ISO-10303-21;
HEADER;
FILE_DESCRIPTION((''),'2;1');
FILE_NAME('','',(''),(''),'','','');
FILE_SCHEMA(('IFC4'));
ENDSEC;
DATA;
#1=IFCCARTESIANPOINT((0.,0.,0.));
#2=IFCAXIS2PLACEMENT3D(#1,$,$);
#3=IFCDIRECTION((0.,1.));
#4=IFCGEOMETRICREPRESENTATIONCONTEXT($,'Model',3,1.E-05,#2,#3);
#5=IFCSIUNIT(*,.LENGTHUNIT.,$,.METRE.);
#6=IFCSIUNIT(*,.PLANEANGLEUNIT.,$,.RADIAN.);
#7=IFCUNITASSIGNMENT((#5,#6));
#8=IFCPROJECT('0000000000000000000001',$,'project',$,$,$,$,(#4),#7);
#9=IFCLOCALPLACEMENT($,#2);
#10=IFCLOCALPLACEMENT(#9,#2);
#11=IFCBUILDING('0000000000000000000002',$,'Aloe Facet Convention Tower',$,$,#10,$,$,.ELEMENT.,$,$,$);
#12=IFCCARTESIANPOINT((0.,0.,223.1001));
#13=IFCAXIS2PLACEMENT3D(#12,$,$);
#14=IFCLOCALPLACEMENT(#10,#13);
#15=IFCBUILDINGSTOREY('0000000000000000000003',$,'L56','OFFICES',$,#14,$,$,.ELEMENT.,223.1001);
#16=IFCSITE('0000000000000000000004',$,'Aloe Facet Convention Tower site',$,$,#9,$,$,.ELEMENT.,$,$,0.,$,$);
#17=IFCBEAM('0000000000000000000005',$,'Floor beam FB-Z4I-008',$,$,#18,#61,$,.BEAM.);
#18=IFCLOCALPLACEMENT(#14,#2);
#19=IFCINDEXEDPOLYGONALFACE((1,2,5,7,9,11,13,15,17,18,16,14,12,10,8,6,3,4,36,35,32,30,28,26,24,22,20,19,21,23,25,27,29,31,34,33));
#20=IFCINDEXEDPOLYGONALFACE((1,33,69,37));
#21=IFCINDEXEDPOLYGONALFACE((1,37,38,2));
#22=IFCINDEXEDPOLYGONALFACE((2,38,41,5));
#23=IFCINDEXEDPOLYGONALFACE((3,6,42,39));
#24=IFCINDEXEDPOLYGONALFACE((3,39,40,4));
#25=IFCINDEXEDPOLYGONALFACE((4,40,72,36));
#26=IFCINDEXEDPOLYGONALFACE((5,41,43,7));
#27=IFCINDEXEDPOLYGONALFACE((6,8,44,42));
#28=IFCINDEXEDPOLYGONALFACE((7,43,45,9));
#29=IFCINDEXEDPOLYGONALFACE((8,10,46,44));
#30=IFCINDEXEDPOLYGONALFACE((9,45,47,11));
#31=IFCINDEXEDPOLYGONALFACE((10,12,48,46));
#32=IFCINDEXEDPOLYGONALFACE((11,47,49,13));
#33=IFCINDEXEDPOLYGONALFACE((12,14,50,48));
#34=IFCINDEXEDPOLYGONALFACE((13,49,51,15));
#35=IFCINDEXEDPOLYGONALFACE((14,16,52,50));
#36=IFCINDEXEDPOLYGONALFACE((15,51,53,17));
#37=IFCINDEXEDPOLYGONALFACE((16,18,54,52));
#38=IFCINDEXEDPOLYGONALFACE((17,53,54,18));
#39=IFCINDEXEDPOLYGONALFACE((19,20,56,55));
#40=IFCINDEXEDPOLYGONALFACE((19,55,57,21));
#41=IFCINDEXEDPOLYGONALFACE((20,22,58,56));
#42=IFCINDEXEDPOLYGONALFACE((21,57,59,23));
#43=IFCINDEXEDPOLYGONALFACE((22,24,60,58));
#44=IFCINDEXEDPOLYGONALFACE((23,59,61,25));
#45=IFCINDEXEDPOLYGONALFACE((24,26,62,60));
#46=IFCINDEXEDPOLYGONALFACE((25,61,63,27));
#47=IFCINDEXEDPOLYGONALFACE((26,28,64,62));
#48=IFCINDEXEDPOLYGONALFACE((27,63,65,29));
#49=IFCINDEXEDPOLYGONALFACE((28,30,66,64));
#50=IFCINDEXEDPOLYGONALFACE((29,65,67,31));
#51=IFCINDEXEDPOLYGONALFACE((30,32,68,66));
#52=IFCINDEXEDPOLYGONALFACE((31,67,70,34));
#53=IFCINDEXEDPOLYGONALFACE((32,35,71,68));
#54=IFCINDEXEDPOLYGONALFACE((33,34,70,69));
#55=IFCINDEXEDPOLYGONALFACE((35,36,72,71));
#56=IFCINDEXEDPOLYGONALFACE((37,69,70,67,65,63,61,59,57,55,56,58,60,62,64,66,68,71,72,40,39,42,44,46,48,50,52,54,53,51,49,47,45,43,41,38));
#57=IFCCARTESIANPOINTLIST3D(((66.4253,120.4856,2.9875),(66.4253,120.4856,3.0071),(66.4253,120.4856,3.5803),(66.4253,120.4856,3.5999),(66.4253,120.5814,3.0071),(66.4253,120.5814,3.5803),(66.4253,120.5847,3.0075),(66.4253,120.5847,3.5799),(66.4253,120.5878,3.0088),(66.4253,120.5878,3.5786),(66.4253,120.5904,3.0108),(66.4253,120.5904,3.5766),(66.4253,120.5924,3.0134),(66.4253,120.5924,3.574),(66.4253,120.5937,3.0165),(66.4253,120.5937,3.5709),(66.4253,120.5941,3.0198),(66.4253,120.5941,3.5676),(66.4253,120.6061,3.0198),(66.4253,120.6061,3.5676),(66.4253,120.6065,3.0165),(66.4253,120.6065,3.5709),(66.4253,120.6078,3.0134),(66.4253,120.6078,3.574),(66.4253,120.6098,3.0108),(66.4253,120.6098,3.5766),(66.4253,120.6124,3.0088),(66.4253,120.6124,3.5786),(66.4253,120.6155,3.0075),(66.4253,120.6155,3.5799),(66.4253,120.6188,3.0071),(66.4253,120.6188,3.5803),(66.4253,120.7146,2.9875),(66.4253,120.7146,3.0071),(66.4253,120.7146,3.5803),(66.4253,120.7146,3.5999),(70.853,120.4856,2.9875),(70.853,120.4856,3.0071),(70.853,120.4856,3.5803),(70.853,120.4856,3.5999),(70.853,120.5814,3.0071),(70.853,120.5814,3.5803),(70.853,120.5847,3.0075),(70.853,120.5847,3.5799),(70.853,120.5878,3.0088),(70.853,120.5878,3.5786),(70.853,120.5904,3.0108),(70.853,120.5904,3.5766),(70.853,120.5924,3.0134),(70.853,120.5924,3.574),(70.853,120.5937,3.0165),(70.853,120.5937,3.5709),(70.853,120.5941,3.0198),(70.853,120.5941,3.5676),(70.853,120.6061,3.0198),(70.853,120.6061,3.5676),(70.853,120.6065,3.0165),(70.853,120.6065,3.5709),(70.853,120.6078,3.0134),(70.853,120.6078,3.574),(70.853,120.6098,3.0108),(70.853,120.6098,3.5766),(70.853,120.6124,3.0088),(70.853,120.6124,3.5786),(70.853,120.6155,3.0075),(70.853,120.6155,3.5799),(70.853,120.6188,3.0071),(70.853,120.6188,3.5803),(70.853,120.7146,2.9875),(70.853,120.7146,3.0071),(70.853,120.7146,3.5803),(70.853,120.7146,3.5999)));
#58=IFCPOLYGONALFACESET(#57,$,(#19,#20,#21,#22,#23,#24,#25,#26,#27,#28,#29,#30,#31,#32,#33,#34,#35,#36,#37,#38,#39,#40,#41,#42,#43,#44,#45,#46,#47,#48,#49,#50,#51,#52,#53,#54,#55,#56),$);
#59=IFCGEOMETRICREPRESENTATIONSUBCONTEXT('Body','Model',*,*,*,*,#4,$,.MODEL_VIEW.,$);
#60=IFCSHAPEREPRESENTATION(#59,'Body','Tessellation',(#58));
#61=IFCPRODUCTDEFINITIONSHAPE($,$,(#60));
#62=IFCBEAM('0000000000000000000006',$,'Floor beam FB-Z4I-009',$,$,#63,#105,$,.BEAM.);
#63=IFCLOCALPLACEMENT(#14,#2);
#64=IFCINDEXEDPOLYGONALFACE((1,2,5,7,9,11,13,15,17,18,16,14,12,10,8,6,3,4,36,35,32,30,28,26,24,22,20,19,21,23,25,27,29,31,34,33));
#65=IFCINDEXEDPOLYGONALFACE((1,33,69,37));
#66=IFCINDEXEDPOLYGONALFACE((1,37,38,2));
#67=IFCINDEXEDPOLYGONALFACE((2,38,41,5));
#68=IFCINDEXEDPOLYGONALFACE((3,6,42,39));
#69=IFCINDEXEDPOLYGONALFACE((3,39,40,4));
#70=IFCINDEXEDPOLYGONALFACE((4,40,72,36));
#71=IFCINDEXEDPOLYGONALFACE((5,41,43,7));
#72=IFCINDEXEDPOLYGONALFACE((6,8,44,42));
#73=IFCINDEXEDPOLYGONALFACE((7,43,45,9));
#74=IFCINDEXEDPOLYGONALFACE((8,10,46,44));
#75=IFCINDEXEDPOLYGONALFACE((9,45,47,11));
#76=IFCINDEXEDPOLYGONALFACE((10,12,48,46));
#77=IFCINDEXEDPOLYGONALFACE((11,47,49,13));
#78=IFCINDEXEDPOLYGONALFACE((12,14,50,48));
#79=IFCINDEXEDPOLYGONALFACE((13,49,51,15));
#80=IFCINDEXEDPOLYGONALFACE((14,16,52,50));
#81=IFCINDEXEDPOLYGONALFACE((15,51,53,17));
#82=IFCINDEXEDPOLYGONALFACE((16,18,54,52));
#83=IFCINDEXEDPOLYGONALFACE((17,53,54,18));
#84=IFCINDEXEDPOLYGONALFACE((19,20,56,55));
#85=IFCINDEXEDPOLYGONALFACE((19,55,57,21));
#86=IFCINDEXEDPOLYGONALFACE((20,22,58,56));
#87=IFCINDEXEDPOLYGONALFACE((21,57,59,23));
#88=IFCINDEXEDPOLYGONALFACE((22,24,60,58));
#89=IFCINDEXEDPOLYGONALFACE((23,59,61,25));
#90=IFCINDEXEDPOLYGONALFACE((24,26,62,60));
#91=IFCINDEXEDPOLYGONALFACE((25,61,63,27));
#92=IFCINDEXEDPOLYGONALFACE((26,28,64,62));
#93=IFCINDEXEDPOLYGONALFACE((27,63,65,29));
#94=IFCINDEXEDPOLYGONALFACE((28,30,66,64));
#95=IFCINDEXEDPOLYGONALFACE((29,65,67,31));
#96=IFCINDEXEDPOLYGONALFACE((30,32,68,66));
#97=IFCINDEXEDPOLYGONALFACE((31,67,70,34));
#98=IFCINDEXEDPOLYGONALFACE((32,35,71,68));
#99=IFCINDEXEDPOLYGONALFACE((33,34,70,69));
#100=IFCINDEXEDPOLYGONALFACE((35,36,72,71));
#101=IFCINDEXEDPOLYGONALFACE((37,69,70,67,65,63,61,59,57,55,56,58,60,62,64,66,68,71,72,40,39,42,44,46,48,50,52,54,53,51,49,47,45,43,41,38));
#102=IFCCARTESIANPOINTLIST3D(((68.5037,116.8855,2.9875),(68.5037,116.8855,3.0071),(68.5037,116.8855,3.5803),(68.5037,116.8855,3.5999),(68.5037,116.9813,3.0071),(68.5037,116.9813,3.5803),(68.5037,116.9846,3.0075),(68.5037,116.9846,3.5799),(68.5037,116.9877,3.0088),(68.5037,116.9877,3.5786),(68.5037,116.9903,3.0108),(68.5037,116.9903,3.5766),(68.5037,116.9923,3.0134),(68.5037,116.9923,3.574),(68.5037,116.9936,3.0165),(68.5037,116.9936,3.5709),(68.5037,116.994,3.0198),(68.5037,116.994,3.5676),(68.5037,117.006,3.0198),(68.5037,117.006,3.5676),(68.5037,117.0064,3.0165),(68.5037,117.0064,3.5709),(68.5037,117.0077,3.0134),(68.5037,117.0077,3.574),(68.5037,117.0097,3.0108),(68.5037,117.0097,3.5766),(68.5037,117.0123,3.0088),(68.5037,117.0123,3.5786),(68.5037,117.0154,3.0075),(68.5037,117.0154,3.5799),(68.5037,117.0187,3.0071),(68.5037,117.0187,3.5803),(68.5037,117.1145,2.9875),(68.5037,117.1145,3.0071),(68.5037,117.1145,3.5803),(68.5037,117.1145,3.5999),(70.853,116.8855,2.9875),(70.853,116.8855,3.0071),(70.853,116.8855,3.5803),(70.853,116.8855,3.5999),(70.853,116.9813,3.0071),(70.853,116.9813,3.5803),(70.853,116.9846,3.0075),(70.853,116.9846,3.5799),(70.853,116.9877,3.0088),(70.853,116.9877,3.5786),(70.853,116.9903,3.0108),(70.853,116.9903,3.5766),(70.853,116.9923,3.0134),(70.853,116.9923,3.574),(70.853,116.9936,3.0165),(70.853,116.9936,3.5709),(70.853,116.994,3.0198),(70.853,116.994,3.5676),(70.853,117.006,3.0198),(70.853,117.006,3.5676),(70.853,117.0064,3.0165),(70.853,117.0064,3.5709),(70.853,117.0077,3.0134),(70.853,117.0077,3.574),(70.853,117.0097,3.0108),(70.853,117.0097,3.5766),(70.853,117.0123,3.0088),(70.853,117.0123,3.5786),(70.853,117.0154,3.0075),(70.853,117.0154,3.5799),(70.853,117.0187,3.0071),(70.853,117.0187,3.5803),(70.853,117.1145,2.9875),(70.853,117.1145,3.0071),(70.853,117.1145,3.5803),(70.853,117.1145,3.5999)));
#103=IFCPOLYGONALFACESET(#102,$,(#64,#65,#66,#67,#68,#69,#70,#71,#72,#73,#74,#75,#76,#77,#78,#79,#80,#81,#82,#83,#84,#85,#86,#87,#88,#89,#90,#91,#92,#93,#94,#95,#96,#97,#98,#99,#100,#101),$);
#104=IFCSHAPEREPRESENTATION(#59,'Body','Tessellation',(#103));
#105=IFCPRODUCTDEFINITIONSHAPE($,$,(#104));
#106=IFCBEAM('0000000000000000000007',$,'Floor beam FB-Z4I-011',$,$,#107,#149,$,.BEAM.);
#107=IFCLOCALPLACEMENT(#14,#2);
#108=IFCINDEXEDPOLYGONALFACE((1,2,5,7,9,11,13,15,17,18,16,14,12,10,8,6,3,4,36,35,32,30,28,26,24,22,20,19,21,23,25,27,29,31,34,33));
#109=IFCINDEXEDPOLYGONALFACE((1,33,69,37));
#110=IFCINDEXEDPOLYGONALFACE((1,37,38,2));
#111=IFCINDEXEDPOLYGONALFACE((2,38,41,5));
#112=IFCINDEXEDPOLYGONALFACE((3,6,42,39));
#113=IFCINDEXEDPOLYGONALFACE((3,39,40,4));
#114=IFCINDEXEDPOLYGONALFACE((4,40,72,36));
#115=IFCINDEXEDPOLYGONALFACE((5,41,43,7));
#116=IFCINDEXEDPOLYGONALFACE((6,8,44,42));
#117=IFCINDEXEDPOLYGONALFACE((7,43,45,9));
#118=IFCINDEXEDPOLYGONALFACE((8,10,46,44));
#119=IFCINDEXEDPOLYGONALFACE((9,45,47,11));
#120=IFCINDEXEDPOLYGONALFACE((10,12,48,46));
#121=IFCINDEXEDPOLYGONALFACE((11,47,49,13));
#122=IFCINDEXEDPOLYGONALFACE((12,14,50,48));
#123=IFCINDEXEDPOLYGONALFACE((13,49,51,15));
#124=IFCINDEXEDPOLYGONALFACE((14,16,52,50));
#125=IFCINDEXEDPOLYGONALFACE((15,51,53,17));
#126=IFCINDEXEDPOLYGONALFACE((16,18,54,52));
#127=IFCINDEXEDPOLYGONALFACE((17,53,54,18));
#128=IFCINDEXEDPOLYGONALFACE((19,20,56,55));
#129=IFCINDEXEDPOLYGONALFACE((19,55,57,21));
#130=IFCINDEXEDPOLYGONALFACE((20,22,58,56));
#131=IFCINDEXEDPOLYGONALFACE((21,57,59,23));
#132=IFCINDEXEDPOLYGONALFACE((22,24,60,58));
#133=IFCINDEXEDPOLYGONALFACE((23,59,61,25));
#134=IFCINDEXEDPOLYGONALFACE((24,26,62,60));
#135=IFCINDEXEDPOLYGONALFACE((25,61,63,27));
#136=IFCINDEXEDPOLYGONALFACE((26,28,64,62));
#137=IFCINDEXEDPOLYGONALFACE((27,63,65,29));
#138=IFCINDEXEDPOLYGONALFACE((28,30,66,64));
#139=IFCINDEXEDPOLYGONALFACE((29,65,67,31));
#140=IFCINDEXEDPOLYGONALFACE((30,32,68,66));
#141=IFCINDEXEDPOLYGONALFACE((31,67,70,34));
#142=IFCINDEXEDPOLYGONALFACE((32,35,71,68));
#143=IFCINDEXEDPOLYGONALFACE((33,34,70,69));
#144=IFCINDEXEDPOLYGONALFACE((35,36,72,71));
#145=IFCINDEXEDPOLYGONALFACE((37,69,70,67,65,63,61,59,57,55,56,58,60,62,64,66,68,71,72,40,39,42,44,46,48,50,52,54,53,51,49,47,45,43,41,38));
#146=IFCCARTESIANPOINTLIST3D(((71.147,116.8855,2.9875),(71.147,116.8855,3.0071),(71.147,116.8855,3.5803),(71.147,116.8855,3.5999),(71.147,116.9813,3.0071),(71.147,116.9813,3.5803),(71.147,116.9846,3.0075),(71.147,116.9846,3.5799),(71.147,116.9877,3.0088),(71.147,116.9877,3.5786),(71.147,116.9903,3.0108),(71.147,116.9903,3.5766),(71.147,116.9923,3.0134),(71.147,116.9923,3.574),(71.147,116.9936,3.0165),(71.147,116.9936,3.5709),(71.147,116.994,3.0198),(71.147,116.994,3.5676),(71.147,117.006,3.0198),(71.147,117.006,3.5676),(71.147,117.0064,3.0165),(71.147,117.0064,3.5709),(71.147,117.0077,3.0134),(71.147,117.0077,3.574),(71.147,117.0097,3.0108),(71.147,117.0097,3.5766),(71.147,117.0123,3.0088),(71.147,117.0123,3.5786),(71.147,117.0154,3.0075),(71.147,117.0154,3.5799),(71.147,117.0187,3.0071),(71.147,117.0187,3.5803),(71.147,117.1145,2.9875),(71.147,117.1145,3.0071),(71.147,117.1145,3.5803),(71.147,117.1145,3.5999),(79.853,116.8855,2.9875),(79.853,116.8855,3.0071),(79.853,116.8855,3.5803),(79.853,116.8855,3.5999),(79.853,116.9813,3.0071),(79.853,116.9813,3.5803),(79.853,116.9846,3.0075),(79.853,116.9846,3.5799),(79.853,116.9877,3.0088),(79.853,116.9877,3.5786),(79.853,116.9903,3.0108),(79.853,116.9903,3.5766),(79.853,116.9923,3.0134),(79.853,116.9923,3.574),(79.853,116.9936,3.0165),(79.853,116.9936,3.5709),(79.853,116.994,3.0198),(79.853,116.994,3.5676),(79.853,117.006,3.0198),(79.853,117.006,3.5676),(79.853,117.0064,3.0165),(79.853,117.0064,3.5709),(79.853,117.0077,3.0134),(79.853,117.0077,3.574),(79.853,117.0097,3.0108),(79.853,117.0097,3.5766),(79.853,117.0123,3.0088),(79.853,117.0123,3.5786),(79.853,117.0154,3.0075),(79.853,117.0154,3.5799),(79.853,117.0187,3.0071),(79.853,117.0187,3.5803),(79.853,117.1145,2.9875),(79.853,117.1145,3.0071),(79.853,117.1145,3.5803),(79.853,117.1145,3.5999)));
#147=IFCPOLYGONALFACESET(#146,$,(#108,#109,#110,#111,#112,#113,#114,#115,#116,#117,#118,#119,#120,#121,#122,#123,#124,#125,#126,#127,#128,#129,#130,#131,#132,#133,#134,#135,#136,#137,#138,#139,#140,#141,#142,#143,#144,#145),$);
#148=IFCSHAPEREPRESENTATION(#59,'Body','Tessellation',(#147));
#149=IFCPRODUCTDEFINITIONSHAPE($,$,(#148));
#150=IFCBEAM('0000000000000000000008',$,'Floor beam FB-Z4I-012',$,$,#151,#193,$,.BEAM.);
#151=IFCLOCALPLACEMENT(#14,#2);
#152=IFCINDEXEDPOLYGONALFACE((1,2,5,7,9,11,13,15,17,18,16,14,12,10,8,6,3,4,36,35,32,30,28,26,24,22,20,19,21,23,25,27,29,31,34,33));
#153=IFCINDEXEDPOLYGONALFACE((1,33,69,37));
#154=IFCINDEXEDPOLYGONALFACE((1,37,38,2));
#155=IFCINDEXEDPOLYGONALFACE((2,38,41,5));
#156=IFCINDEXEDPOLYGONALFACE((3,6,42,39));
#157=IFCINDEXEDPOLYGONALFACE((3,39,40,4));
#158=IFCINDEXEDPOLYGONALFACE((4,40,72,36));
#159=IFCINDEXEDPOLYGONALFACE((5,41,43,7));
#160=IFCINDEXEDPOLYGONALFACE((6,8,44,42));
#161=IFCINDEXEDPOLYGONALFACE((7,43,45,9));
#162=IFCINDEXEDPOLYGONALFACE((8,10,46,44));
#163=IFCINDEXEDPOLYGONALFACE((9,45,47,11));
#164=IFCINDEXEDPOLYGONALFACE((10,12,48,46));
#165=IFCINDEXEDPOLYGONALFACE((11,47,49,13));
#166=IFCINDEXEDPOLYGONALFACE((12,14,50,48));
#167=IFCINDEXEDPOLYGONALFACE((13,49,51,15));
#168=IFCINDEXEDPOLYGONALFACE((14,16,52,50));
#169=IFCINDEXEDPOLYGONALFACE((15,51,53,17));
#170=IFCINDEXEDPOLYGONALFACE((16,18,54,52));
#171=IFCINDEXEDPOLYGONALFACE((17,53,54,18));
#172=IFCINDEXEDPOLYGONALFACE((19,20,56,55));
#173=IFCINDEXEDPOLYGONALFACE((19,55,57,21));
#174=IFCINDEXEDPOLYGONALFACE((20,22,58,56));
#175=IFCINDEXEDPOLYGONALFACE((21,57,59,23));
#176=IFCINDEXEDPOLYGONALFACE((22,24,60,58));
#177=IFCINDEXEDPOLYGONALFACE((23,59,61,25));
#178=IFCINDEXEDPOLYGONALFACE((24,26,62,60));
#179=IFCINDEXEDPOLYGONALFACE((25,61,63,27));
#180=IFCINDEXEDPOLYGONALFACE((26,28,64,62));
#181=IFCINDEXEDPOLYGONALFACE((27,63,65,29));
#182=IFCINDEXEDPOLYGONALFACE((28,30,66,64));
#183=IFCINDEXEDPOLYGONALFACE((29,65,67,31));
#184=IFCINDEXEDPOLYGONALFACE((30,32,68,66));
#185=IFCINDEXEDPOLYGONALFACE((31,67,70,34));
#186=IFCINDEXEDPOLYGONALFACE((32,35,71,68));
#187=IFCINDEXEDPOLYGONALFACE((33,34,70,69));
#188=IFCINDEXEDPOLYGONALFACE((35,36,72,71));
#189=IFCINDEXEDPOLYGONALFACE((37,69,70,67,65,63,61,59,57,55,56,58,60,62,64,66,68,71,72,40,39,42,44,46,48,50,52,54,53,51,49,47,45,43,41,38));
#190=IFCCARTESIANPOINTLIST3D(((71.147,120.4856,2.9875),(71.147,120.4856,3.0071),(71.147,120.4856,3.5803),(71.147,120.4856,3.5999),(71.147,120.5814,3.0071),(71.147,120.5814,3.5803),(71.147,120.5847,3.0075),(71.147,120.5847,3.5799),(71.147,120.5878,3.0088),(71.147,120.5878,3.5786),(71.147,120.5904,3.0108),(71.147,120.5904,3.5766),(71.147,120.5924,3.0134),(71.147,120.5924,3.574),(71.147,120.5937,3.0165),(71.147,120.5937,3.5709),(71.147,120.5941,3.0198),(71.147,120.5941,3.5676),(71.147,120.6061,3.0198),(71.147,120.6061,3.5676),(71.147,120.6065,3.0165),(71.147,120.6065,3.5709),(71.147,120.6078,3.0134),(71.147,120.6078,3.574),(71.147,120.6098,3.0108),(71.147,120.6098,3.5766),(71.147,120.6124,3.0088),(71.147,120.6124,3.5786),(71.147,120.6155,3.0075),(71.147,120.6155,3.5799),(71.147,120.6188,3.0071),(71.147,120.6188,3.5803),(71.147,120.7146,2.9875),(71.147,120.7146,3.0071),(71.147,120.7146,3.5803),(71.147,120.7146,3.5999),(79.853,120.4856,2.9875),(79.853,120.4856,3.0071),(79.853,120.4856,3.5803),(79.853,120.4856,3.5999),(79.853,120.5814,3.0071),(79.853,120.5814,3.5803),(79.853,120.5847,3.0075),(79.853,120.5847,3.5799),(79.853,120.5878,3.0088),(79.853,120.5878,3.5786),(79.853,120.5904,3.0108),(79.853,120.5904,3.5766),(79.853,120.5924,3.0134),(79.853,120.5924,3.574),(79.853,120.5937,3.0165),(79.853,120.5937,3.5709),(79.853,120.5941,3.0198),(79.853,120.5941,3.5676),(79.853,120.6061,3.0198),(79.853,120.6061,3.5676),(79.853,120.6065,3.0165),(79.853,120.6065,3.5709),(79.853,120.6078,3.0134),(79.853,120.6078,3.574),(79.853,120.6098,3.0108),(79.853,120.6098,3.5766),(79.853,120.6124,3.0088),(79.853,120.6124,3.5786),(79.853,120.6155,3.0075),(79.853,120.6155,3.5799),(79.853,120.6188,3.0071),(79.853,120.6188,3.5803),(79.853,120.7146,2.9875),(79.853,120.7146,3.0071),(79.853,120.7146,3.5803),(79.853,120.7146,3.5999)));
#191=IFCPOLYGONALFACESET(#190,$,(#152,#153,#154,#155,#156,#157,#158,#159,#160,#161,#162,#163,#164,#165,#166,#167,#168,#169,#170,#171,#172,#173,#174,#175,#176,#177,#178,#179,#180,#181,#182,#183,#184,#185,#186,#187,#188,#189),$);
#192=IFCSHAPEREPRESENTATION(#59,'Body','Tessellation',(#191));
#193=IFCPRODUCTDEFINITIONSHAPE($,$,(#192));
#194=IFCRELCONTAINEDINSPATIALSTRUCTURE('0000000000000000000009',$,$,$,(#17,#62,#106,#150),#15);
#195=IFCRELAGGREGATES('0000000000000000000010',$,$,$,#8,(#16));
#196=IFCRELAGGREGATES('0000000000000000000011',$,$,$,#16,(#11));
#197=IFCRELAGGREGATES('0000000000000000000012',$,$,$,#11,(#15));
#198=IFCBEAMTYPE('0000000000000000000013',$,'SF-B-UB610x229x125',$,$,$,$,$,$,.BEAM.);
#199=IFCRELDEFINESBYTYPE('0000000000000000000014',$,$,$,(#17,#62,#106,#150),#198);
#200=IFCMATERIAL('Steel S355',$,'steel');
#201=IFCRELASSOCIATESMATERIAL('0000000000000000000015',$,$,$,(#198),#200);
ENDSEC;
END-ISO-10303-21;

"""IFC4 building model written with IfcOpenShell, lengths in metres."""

from ifc_helpers import new_model, si_unit, direction, frame, origin, origin_2d, place, context, subcontext, project, spatial, i_section, extrude, material, material_profile, profile_set, type_object, element, save


model = new_model("IFC4")

# Units and contexts
model_context = context("Model", 3, precision=1e-05, world=origin(), true_north=direction((0.0, 1.0)))
body_context = subcontext(model_context, "Body", "Model", "MODEL_VIEW")
ifc_project = project(units=[si_unit("LENGTHUNIT", "METRE"), si_unit("PLANEANGLEUNIT", "RADIAN")], contexts=[model_context])

# Site, building, storey
site_placement = place(None, origin())
site = spatial("IfcSite", under=ifc_project, at=site_placement, Name="Aloe Facet Convention Tower site", CompositionType="ELEMENT", RefElevation=0.0)
building_placement = place(site_placement, origin())
building = spatial("IfcBuilding", under=site, at=building_placement, Name="Aloe Facet Convention Tower", CompositionType="ELEMENT")
storey_placement = place(building_placement, frame((0.0, 0.0, 223.1001)))
storey = spatial("IfcBuildingStorey", under=building, at=storey_placement, Name="L56", Description="OFFICES", CompositionType="ELEMENT", Elevation=223.1001)

# Beams
ifc_material_1 = material(Name="Steel S355", Category="steel")
ifc_material_profile_1 = material_profile(ifc_material_1, i_section(OverallWidth=0.229, OverallDepth=0.6123, WebThickness=0.012, FlangeThickness=0.0195, FilletRadius=0.0127, at=origin_2d()), Name="UB 610x229x125")
ifc_profile_set_1 = profile_set([ifc_material_profile_1], Name="Steel S355")
beam_type_1 = type_object("IfcBeamType", Name="SF-B-UB610x229x125", PredefinedType="BEAM", material=ifc_profile_set_1)
beam_1_placement = place(storey_placement, frame((66.4253, 120.6001, 3.2937), z_axis=(1.0, 0.0, 0.0), x_axis=(0.0, 1.0, 0.0)))
element("IfcBeam", 1, at=beam_1_placement, inside=storey, type_object=beam_type_1, Name="Floor beam FB-Z4I-008", PredefinedType="BEAM", context=body_context, shape_type="SweptSolid", body=[
    extrude(i_section(OverallWidth=0.229, OverallDepth=0.6123, WebThickness=0.012, FlangeThickness=0.0195, FilletRadius=0.0127, at=origin_2d()), origin(), (0.0, 0.0, 1.0), 4.4277),
])
beam_2_placement = place(storey_placement, frame((68.5037, 117.0, 3.2937), z_axis=(1.0, 0.0, 0.0), x_axis=(0.0, 1.0, 0.0)))
element("IfcBeam", 2, at=beam_2_placement, inside=storey, type_object=beam_type_1, Name="Floor beam FB-Z4I-009", PredefinedType="BEAM", context=body_context, shape_type="SweptSolid", body=[
    extrude(i_section(OverallWidth=0.229, OverallDepth=0.6123, WebThickness=0.012, FlangeThickness=0.0195, FilletRadius=0.0127, at=origin_2d()), origin(), (0.0, 0.0, 1.0), 2.3494),
])
for number, where, z_axis, x_axis, name in (
    (3, (71.147, 117.0, 3.2937), (1.0, 0.0, 0.0), (0.0, 1.0, 0.0), "Floor beam FB-Z4I-011"),
    (4, (71.147, 120.6001, 3.2937), (1.0, 0.0, 0.0), (0.0, 1.0, 0.0), "Floor beam FB-Z4I-012"),
):
    element("IfcBeam", number, at=place(storey_placement, frame(where, z_axis=z_axis, x_axis=x_axis)), inside=storey, type_object=beam_type_1, Name=name, PredefinedType="BEAM", context=body_context, shape_type="SweptSolid", body=[
        extrude(i_section(OverallWidth=0.229, OverallDepth=0.6123, WebThickness=0.012, FlangeThickness=0.0195, FilletRadius=0.0127, at=origin_2d()), origin(), (0.0, 0.0, 1.0), 8.7061),
    ])

save(model, "model.ifc")
